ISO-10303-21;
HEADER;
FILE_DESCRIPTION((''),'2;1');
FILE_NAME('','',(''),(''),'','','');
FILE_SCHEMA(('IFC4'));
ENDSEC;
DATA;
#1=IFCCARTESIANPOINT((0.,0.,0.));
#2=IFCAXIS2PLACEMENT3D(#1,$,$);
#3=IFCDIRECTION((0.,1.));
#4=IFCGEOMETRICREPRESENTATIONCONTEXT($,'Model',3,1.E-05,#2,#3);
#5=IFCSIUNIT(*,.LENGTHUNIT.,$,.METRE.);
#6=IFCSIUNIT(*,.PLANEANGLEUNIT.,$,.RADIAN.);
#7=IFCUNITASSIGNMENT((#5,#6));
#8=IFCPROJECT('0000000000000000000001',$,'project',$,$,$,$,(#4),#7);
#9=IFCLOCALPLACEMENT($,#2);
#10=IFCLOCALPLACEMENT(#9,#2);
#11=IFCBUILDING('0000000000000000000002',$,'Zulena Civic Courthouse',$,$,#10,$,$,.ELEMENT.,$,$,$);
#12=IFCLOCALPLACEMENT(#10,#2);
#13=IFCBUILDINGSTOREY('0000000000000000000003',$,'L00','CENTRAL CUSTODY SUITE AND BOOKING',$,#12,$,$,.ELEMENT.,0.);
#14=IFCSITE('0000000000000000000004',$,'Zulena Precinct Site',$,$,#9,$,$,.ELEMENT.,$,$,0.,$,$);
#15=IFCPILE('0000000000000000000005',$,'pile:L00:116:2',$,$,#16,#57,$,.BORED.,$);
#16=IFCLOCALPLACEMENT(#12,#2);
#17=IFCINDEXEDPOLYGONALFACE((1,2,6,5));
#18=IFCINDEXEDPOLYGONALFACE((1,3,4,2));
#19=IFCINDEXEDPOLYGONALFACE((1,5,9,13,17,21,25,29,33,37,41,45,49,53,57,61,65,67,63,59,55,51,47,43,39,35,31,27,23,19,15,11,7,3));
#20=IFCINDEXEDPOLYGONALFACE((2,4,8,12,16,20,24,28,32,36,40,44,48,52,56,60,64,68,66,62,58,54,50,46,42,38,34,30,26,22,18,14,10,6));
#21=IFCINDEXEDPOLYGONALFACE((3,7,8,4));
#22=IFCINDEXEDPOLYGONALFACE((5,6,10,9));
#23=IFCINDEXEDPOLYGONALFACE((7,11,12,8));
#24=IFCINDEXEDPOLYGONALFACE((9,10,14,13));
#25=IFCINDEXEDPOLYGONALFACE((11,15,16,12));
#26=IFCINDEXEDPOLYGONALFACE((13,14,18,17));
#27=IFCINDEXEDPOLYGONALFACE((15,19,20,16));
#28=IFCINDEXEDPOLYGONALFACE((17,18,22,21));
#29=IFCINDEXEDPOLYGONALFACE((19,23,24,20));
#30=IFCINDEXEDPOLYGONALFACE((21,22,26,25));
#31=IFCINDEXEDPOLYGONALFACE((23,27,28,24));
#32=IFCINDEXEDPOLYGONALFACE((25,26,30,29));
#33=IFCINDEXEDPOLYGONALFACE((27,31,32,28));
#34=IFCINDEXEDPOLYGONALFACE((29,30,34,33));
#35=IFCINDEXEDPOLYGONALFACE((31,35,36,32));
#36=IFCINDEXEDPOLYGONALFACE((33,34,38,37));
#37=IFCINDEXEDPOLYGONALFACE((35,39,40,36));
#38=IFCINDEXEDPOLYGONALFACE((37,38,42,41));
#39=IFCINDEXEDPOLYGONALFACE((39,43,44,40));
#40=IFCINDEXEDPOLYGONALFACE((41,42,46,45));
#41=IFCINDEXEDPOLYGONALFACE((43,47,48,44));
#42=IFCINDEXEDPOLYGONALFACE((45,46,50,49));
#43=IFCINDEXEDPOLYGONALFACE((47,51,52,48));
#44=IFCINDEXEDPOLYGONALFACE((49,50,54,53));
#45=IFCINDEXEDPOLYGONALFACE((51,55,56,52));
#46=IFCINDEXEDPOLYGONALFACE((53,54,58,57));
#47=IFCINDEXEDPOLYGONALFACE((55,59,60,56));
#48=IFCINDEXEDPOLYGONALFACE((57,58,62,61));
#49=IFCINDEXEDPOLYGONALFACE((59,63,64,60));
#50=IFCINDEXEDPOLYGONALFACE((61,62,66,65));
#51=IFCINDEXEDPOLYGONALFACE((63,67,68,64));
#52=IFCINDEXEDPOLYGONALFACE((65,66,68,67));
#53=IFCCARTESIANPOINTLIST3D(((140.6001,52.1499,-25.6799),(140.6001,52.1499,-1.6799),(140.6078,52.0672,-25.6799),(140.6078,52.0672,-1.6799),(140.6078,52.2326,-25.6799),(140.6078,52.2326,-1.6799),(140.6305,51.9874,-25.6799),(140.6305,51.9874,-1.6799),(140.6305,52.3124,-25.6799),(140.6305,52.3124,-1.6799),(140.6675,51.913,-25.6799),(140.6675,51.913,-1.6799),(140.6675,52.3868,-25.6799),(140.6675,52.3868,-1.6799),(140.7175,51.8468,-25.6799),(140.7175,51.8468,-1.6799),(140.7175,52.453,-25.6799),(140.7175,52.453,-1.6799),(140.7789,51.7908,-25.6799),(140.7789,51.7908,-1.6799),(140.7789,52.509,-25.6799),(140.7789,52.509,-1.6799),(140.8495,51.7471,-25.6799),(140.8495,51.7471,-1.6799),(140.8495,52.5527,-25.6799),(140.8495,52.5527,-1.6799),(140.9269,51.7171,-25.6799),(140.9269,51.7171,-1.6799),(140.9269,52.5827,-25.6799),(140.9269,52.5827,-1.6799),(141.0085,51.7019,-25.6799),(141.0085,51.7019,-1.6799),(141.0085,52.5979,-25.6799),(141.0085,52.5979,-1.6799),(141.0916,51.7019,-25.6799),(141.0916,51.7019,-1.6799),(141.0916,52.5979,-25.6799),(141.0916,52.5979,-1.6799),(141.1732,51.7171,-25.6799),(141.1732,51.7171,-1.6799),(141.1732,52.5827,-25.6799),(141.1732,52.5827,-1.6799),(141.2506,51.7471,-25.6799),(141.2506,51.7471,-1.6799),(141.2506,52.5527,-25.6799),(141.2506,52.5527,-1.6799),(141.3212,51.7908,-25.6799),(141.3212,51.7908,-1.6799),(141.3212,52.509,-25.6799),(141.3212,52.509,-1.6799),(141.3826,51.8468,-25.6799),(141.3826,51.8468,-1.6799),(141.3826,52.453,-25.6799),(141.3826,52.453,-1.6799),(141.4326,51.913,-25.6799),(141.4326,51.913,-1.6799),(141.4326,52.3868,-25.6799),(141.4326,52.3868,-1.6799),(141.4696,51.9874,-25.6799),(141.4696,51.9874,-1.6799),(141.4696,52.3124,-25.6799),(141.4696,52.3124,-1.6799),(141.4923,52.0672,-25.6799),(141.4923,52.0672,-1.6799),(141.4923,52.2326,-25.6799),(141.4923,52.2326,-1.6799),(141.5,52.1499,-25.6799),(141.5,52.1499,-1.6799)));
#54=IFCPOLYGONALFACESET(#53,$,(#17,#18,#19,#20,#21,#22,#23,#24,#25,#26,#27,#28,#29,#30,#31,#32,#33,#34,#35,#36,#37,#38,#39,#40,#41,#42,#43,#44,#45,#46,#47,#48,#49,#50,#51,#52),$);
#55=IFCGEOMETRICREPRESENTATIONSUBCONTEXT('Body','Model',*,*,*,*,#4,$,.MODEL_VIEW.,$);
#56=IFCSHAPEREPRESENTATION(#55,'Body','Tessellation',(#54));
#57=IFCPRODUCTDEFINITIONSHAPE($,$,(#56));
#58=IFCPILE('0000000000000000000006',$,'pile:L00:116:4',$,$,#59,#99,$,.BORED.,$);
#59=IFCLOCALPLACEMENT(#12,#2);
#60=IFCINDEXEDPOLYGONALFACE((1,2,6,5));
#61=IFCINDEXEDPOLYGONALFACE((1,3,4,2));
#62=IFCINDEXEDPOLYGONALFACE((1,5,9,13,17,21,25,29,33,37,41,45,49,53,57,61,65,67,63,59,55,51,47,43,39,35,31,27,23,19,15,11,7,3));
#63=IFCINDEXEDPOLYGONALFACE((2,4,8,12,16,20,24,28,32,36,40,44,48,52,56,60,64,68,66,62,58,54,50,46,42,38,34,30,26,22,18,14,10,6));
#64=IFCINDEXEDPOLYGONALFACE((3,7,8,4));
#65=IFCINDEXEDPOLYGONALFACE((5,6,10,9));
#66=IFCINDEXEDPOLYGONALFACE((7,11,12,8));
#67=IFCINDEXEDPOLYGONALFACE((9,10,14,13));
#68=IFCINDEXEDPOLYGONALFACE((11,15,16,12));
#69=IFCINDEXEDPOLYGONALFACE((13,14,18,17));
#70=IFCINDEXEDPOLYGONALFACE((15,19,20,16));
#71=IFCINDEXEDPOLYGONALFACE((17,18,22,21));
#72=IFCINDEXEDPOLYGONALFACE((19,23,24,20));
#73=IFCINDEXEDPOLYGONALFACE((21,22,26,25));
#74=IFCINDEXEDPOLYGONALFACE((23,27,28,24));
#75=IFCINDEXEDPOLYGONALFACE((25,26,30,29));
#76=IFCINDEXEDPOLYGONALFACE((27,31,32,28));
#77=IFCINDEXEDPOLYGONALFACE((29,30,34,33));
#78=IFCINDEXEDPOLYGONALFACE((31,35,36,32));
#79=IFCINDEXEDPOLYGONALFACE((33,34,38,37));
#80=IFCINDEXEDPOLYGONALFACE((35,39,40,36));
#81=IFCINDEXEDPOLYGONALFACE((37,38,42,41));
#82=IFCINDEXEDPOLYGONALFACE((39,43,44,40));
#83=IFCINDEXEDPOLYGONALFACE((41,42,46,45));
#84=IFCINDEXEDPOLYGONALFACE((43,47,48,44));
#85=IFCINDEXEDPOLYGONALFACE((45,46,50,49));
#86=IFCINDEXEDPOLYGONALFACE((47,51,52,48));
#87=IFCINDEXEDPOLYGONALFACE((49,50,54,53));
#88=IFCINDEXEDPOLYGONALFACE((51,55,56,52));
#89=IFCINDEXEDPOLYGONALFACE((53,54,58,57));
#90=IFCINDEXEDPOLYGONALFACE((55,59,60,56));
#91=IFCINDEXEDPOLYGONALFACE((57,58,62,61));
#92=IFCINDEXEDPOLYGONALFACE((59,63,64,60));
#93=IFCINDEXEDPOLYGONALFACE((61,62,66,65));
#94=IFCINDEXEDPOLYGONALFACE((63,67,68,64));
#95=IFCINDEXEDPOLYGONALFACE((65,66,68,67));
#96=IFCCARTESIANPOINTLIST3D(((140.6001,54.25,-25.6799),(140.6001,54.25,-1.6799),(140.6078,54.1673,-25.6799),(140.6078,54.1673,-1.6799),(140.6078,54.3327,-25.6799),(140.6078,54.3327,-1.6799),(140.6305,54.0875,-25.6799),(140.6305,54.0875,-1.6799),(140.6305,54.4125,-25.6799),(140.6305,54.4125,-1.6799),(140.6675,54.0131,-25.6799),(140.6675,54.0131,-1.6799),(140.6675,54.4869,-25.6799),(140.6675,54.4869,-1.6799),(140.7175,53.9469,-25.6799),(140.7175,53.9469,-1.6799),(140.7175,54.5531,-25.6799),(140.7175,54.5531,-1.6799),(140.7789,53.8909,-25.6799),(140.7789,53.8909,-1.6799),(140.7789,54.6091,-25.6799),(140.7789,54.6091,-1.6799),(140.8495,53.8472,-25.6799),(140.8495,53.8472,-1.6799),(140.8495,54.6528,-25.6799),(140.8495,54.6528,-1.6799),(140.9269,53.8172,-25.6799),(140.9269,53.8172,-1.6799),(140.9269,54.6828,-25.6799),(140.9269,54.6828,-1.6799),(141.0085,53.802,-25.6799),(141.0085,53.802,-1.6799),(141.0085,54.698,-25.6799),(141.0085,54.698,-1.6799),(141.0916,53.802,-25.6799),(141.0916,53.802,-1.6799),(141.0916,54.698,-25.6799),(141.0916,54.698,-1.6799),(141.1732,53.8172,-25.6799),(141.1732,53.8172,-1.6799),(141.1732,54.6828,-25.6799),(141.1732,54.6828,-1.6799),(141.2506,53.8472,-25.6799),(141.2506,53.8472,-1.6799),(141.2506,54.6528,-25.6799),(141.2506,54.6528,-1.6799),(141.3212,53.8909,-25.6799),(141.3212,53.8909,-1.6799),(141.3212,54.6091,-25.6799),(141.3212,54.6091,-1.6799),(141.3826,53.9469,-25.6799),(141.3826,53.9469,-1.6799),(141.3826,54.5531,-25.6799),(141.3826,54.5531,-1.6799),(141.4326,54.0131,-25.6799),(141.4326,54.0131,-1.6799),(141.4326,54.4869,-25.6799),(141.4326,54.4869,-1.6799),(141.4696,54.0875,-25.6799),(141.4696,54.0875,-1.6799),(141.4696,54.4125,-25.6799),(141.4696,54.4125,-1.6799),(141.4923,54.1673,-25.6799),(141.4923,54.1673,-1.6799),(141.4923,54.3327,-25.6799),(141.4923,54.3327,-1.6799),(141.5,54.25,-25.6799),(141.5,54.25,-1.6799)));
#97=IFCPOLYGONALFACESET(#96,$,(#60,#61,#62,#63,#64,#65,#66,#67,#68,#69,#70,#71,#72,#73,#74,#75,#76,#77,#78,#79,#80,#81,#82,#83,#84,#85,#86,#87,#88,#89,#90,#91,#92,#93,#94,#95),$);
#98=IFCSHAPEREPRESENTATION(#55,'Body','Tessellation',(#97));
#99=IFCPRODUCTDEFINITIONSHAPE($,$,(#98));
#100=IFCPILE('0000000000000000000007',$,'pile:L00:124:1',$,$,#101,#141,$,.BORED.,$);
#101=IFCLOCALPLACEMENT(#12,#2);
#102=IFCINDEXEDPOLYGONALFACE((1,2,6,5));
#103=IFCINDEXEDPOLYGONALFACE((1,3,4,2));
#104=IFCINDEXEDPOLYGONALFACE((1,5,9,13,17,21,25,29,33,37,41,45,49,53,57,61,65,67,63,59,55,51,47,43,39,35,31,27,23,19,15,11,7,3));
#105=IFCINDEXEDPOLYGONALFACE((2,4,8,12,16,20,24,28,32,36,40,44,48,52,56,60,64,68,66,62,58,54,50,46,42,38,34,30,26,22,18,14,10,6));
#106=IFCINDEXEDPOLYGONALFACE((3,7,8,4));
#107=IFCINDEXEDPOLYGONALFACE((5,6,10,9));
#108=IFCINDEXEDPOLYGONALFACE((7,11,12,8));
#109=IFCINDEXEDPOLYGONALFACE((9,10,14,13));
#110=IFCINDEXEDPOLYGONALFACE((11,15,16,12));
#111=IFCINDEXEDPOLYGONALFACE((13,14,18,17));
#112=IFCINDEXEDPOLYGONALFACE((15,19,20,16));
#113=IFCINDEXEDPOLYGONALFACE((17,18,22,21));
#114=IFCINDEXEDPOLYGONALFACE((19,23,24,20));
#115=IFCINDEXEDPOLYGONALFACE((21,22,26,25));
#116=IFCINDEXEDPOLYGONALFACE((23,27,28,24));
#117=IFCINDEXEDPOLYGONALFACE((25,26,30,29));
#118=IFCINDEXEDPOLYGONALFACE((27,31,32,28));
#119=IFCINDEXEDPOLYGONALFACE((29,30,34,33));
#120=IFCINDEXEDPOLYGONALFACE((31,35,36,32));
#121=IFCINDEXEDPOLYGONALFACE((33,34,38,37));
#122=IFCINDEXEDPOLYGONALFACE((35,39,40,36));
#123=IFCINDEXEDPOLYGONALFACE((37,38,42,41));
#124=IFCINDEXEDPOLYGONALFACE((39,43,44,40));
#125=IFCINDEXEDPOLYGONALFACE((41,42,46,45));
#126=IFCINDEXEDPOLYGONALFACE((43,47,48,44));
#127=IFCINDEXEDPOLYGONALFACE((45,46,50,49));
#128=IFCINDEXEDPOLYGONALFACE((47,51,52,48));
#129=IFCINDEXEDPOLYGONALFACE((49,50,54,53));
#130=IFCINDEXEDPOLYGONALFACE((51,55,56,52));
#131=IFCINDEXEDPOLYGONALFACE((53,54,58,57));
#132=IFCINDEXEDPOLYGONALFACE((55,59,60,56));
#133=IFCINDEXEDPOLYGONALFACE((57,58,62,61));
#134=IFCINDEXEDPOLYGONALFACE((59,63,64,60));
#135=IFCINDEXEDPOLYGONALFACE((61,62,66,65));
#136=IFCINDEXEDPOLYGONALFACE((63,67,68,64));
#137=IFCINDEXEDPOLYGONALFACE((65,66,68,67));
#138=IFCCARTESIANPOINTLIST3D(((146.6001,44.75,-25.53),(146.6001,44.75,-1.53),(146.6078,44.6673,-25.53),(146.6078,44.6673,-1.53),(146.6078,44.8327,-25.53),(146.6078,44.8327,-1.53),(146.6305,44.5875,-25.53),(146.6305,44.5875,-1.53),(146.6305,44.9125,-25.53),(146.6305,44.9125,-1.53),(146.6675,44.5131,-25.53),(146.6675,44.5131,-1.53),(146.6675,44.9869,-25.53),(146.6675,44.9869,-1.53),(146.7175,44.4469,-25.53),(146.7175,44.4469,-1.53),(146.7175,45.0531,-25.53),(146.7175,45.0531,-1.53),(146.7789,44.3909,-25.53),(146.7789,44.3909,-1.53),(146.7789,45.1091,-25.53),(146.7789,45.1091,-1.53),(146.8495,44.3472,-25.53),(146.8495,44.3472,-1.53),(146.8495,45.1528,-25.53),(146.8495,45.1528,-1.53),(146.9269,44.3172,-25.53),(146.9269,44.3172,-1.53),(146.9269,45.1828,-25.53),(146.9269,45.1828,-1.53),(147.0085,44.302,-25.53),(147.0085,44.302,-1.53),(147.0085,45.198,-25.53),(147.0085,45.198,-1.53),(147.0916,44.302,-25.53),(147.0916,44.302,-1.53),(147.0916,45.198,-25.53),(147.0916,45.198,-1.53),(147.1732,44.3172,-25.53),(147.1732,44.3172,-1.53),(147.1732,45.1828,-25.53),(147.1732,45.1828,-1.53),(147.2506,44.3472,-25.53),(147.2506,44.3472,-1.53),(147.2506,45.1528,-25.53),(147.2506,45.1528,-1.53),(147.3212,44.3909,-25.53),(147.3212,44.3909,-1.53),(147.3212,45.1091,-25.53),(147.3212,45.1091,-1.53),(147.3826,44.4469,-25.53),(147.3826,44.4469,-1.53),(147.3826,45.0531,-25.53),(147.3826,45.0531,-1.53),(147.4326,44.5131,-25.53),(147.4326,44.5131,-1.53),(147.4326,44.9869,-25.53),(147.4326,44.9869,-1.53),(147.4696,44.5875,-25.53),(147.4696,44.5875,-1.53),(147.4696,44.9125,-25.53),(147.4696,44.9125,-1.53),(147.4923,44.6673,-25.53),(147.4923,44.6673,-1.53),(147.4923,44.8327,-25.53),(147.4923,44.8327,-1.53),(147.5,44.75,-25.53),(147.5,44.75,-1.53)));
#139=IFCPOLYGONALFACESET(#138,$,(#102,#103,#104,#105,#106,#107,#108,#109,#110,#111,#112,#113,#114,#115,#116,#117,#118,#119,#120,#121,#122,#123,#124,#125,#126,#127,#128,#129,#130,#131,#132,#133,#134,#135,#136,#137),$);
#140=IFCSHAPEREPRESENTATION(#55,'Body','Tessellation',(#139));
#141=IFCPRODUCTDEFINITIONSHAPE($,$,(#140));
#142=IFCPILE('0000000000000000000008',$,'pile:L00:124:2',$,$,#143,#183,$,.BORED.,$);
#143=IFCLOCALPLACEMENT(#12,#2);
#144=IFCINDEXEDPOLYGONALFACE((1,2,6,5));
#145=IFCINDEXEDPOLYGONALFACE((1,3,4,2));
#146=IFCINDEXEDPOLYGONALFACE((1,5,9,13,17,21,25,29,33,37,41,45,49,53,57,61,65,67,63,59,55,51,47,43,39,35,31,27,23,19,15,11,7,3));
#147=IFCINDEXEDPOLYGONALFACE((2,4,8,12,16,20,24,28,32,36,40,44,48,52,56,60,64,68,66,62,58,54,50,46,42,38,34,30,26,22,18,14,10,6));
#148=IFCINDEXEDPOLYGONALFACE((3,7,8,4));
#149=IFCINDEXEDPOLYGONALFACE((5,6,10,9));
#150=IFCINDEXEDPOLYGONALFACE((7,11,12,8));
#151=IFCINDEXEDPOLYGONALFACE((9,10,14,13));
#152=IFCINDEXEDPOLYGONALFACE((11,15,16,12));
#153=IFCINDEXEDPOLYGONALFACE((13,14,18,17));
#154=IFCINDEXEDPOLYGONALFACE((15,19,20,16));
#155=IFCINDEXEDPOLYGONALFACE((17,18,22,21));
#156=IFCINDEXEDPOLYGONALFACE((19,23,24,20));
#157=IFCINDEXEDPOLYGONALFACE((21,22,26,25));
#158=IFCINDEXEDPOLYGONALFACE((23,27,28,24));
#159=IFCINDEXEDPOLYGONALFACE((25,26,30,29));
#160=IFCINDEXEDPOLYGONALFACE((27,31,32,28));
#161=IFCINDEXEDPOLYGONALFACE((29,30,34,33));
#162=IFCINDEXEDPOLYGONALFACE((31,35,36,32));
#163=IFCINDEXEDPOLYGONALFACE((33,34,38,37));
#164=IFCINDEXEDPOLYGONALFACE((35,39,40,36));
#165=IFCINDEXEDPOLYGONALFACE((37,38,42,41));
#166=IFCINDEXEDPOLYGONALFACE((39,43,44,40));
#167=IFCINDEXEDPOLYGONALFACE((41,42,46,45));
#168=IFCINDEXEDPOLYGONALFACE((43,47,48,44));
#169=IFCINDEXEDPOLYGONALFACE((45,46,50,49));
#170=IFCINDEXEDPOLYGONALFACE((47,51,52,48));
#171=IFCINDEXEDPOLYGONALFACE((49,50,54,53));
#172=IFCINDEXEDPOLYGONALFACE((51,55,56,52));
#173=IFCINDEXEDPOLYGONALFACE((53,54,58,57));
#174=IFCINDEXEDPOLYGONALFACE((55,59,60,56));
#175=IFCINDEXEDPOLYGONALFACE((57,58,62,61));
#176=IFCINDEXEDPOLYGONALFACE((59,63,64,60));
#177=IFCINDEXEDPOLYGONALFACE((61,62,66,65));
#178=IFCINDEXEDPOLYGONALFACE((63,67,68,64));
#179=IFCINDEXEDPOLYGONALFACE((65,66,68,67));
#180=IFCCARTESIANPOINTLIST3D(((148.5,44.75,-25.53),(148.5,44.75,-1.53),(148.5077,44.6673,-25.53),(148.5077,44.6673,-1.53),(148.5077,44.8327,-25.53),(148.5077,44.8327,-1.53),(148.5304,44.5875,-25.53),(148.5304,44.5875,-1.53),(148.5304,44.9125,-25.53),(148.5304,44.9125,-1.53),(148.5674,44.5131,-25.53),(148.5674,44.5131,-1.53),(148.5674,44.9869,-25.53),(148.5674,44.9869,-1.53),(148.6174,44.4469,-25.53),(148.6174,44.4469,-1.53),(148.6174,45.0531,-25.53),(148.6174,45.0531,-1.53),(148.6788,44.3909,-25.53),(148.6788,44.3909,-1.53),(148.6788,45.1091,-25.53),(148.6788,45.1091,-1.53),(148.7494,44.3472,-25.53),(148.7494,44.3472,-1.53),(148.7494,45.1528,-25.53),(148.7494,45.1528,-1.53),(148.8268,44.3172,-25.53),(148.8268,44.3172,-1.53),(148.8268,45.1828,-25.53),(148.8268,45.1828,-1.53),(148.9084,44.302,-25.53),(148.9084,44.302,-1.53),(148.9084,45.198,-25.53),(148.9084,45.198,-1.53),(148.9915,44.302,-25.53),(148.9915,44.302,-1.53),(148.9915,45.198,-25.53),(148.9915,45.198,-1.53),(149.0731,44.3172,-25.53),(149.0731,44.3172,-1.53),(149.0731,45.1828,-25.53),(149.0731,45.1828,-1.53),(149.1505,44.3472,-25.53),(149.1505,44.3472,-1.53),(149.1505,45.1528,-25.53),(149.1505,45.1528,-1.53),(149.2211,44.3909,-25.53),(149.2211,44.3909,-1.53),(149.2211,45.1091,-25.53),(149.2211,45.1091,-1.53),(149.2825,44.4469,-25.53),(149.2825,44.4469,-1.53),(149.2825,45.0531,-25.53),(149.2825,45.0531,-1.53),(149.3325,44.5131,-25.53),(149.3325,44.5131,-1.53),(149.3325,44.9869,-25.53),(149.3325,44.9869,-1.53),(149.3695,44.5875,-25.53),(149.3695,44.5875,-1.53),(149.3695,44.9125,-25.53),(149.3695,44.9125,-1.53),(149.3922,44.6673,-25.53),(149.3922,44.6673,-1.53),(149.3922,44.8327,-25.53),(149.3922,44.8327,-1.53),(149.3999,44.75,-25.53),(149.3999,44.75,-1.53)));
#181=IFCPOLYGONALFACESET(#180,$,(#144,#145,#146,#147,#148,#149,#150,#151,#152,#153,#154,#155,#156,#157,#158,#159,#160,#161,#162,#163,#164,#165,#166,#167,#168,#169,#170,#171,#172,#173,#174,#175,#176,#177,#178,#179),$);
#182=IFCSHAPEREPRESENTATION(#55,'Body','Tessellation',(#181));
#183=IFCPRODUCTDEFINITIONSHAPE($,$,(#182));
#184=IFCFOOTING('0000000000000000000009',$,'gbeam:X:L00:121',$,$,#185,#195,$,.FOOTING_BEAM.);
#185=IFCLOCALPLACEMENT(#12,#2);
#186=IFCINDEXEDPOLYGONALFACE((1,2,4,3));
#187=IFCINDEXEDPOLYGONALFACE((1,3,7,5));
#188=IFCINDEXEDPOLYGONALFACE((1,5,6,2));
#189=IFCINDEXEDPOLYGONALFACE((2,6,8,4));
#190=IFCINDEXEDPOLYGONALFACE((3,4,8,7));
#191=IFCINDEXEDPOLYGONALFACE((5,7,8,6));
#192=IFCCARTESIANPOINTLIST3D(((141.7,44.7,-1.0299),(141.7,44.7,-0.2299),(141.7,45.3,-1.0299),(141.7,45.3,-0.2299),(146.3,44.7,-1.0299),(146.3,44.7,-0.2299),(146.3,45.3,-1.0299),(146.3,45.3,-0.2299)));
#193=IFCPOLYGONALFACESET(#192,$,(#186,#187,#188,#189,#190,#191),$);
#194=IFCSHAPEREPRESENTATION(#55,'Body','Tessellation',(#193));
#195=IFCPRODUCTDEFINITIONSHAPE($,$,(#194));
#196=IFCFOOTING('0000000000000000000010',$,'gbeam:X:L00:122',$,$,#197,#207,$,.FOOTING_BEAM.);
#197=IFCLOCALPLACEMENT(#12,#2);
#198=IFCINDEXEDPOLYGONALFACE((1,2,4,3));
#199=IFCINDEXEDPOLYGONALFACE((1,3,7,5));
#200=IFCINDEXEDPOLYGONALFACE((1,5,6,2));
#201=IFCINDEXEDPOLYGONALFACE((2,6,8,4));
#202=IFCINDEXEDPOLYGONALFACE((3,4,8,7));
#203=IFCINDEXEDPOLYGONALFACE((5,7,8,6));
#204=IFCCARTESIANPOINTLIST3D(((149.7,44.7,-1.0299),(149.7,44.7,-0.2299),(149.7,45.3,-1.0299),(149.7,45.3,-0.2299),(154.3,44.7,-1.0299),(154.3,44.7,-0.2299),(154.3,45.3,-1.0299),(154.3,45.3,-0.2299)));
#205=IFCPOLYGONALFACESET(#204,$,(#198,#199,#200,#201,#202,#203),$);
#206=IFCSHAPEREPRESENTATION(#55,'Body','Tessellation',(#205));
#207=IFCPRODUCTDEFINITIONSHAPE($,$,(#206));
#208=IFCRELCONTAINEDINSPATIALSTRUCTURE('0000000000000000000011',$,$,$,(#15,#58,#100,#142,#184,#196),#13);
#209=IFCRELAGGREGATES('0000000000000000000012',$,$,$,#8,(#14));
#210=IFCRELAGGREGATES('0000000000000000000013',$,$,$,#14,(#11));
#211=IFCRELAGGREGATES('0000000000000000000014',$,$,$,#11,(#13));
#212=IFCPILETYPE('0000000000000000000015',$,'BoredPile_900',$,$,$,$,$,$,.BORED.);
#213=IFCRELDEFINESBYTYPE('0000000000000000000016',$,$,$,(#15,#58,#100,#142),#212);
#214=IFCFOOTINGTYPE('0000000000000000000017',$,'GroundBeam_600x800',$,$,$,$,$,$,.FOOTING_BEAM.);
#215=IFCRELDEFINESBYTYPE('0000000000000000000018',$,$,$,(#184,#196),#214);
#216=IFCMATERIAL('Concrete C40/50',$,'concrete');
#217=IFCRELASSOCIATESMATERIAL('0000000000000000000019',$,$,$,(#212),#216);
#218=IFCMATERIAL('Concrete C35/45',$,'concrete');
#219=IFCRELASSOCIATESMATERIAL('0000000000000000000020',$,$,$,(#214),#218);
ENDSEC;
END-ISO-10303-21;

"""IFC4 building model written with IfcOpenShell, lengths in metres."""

from ifc_helpers import new_model, si_unit, direction, frame, origin, origin_2d, place, context, subcontext, project, spatial, rectangle, circle, extrude, material, material_profile, profile_set, type_object, element, save


model = new_model("IFC4")

# Units and contexts
model_context = context("Model", 3, precision=1e-05, world=origin(), true_north=direction((0.0, 1.0)))
body_context = subcontext(model_context, "Body", "Model", "MODEL_VIEW")
ifc_project = project(units=[si_unit("LENGTHUNIT", "METRE"), si_unit("PLANEANGLEUNIT", "RADIAN")], contexts=[model_context])

# Site, building, storey
site_placement = place(None, origin())
site = spatial("IfcSite", under=ifc_project, at=site_placement, Name="Zulena Precinct Site", CompositionType="ELEMENT", RefElevation=0.0)
building_placement = place(site_placement, origin())
building = spatial("IfcBuilding", under=site, at=building_placement, Name="Zulena Civic Courthouse", CompositionType="ELEMENT")
storey_placement = place(building_placement, origin())
storey = spatial("IfcBuildingStorey", under=building, at=storey_placement, Name="L00", Description="CENTRAL CUSTODY SUITE AND BOOKING", CompositionType="ELEMENT", Elevation=0.0)

# Piles
ifc_material_1 = material(Name="Concrete C40/50", Category="concrete")
ifc_material_profile_1 = material_profile(ifc_material_1, circle(Radius=0.45, at=origin_2d()), Name="PILE900")
ifc_profile_set_1 = profile_set([ifc_material_profile_1], Name="Concrete C40/50")
pile_type_1 = type_object("IfcPileType", Name="BoredPile_900", PredefinedType="BORED", material=ifc_profile_set_1)
for number, where, z_axis, x_axis, name in (
    (1, (141.05, 52.1499, -1.6799), (0.0, 0.0, -1.0), (1.0, 0.0, 0.0), "pile:L00:116:2"),
    (2, (141.05, 54.25, -1.6799), (0.0, 0.0, -1.0), (1.0, 0.0, 0.0), "pile:L00:116:4"),
    (3, (147.05, 44.75, -1.53), (0.0, 0.0, -1.0), (1.0, 0.0, 0.0), "pile:L00:124:1"),
    (4, (148.95, 44.75, -1.53), (0.0, 0.0, -1.0), (1.0, 0.0, 0.0), "pile:L00:124:2"),
):
    element("IfcPile", number, at=place(storey_placement, frame(where, z_axis=z_axis, x_axis=x_axis)), inside=storey, type_object=pile_type_1, Name=name, PredefinedType="BORED", context=body_context, shape_type="SweptSolid", body=[
        extrude(circle(Radius=0.45, at=origin_2d()), origin(), (0.0, 0.0, 1.0), 24.0),
    ])

# Footings
ifc_material_2 = material(Name="Concrete C35/45", Category="concrete")
ifc_material_profile_2 = material_profile(ifc_material_2, rectangle(XDim=0.6001, YDim=0.8, at=origin_2d()), Name="RC600X800")
ifc_profile_set_2 = profile_set([ifc_material_profile_2], Name="Concrete C35/45")
footing_type_1 = type_object("IfcFootingType", Name="GroundBeam_600x800", PredefinedType="FOOTING_BEAM", material=ifc_profile_set_2)
for number, where, z_axis, x_axis, name in (
    (5, (141.7, 45.0, -0.6299), (1.0, 0.0, 0.0), (0.0, 1.0, 0.0), "gbeam:X:L00:121"),
    (6, (149.7, 45.0, -0.6299), (1.0, 0.0, 0.0), (0.0, 1.0, 0.0), "gbeam:X:L00:122"),
):
    element("IfcFooting", number, at=place(storey_placement, frame(where, z_axis=z_axis, x_axis=x_axis)), inside=storey, type_object=footing_type_1, Name=name, PredefinedType="FOOTING_BEAM", context=body_context, shape_type="SweptSolid", body=[
        extrude(rectangle(XDim=0.6001, YDim=0.8, at=origin_2d()), origin(), (0.0, 0.0, 1.0), 4.6001),
    ])

save(model, "model.ifc")
